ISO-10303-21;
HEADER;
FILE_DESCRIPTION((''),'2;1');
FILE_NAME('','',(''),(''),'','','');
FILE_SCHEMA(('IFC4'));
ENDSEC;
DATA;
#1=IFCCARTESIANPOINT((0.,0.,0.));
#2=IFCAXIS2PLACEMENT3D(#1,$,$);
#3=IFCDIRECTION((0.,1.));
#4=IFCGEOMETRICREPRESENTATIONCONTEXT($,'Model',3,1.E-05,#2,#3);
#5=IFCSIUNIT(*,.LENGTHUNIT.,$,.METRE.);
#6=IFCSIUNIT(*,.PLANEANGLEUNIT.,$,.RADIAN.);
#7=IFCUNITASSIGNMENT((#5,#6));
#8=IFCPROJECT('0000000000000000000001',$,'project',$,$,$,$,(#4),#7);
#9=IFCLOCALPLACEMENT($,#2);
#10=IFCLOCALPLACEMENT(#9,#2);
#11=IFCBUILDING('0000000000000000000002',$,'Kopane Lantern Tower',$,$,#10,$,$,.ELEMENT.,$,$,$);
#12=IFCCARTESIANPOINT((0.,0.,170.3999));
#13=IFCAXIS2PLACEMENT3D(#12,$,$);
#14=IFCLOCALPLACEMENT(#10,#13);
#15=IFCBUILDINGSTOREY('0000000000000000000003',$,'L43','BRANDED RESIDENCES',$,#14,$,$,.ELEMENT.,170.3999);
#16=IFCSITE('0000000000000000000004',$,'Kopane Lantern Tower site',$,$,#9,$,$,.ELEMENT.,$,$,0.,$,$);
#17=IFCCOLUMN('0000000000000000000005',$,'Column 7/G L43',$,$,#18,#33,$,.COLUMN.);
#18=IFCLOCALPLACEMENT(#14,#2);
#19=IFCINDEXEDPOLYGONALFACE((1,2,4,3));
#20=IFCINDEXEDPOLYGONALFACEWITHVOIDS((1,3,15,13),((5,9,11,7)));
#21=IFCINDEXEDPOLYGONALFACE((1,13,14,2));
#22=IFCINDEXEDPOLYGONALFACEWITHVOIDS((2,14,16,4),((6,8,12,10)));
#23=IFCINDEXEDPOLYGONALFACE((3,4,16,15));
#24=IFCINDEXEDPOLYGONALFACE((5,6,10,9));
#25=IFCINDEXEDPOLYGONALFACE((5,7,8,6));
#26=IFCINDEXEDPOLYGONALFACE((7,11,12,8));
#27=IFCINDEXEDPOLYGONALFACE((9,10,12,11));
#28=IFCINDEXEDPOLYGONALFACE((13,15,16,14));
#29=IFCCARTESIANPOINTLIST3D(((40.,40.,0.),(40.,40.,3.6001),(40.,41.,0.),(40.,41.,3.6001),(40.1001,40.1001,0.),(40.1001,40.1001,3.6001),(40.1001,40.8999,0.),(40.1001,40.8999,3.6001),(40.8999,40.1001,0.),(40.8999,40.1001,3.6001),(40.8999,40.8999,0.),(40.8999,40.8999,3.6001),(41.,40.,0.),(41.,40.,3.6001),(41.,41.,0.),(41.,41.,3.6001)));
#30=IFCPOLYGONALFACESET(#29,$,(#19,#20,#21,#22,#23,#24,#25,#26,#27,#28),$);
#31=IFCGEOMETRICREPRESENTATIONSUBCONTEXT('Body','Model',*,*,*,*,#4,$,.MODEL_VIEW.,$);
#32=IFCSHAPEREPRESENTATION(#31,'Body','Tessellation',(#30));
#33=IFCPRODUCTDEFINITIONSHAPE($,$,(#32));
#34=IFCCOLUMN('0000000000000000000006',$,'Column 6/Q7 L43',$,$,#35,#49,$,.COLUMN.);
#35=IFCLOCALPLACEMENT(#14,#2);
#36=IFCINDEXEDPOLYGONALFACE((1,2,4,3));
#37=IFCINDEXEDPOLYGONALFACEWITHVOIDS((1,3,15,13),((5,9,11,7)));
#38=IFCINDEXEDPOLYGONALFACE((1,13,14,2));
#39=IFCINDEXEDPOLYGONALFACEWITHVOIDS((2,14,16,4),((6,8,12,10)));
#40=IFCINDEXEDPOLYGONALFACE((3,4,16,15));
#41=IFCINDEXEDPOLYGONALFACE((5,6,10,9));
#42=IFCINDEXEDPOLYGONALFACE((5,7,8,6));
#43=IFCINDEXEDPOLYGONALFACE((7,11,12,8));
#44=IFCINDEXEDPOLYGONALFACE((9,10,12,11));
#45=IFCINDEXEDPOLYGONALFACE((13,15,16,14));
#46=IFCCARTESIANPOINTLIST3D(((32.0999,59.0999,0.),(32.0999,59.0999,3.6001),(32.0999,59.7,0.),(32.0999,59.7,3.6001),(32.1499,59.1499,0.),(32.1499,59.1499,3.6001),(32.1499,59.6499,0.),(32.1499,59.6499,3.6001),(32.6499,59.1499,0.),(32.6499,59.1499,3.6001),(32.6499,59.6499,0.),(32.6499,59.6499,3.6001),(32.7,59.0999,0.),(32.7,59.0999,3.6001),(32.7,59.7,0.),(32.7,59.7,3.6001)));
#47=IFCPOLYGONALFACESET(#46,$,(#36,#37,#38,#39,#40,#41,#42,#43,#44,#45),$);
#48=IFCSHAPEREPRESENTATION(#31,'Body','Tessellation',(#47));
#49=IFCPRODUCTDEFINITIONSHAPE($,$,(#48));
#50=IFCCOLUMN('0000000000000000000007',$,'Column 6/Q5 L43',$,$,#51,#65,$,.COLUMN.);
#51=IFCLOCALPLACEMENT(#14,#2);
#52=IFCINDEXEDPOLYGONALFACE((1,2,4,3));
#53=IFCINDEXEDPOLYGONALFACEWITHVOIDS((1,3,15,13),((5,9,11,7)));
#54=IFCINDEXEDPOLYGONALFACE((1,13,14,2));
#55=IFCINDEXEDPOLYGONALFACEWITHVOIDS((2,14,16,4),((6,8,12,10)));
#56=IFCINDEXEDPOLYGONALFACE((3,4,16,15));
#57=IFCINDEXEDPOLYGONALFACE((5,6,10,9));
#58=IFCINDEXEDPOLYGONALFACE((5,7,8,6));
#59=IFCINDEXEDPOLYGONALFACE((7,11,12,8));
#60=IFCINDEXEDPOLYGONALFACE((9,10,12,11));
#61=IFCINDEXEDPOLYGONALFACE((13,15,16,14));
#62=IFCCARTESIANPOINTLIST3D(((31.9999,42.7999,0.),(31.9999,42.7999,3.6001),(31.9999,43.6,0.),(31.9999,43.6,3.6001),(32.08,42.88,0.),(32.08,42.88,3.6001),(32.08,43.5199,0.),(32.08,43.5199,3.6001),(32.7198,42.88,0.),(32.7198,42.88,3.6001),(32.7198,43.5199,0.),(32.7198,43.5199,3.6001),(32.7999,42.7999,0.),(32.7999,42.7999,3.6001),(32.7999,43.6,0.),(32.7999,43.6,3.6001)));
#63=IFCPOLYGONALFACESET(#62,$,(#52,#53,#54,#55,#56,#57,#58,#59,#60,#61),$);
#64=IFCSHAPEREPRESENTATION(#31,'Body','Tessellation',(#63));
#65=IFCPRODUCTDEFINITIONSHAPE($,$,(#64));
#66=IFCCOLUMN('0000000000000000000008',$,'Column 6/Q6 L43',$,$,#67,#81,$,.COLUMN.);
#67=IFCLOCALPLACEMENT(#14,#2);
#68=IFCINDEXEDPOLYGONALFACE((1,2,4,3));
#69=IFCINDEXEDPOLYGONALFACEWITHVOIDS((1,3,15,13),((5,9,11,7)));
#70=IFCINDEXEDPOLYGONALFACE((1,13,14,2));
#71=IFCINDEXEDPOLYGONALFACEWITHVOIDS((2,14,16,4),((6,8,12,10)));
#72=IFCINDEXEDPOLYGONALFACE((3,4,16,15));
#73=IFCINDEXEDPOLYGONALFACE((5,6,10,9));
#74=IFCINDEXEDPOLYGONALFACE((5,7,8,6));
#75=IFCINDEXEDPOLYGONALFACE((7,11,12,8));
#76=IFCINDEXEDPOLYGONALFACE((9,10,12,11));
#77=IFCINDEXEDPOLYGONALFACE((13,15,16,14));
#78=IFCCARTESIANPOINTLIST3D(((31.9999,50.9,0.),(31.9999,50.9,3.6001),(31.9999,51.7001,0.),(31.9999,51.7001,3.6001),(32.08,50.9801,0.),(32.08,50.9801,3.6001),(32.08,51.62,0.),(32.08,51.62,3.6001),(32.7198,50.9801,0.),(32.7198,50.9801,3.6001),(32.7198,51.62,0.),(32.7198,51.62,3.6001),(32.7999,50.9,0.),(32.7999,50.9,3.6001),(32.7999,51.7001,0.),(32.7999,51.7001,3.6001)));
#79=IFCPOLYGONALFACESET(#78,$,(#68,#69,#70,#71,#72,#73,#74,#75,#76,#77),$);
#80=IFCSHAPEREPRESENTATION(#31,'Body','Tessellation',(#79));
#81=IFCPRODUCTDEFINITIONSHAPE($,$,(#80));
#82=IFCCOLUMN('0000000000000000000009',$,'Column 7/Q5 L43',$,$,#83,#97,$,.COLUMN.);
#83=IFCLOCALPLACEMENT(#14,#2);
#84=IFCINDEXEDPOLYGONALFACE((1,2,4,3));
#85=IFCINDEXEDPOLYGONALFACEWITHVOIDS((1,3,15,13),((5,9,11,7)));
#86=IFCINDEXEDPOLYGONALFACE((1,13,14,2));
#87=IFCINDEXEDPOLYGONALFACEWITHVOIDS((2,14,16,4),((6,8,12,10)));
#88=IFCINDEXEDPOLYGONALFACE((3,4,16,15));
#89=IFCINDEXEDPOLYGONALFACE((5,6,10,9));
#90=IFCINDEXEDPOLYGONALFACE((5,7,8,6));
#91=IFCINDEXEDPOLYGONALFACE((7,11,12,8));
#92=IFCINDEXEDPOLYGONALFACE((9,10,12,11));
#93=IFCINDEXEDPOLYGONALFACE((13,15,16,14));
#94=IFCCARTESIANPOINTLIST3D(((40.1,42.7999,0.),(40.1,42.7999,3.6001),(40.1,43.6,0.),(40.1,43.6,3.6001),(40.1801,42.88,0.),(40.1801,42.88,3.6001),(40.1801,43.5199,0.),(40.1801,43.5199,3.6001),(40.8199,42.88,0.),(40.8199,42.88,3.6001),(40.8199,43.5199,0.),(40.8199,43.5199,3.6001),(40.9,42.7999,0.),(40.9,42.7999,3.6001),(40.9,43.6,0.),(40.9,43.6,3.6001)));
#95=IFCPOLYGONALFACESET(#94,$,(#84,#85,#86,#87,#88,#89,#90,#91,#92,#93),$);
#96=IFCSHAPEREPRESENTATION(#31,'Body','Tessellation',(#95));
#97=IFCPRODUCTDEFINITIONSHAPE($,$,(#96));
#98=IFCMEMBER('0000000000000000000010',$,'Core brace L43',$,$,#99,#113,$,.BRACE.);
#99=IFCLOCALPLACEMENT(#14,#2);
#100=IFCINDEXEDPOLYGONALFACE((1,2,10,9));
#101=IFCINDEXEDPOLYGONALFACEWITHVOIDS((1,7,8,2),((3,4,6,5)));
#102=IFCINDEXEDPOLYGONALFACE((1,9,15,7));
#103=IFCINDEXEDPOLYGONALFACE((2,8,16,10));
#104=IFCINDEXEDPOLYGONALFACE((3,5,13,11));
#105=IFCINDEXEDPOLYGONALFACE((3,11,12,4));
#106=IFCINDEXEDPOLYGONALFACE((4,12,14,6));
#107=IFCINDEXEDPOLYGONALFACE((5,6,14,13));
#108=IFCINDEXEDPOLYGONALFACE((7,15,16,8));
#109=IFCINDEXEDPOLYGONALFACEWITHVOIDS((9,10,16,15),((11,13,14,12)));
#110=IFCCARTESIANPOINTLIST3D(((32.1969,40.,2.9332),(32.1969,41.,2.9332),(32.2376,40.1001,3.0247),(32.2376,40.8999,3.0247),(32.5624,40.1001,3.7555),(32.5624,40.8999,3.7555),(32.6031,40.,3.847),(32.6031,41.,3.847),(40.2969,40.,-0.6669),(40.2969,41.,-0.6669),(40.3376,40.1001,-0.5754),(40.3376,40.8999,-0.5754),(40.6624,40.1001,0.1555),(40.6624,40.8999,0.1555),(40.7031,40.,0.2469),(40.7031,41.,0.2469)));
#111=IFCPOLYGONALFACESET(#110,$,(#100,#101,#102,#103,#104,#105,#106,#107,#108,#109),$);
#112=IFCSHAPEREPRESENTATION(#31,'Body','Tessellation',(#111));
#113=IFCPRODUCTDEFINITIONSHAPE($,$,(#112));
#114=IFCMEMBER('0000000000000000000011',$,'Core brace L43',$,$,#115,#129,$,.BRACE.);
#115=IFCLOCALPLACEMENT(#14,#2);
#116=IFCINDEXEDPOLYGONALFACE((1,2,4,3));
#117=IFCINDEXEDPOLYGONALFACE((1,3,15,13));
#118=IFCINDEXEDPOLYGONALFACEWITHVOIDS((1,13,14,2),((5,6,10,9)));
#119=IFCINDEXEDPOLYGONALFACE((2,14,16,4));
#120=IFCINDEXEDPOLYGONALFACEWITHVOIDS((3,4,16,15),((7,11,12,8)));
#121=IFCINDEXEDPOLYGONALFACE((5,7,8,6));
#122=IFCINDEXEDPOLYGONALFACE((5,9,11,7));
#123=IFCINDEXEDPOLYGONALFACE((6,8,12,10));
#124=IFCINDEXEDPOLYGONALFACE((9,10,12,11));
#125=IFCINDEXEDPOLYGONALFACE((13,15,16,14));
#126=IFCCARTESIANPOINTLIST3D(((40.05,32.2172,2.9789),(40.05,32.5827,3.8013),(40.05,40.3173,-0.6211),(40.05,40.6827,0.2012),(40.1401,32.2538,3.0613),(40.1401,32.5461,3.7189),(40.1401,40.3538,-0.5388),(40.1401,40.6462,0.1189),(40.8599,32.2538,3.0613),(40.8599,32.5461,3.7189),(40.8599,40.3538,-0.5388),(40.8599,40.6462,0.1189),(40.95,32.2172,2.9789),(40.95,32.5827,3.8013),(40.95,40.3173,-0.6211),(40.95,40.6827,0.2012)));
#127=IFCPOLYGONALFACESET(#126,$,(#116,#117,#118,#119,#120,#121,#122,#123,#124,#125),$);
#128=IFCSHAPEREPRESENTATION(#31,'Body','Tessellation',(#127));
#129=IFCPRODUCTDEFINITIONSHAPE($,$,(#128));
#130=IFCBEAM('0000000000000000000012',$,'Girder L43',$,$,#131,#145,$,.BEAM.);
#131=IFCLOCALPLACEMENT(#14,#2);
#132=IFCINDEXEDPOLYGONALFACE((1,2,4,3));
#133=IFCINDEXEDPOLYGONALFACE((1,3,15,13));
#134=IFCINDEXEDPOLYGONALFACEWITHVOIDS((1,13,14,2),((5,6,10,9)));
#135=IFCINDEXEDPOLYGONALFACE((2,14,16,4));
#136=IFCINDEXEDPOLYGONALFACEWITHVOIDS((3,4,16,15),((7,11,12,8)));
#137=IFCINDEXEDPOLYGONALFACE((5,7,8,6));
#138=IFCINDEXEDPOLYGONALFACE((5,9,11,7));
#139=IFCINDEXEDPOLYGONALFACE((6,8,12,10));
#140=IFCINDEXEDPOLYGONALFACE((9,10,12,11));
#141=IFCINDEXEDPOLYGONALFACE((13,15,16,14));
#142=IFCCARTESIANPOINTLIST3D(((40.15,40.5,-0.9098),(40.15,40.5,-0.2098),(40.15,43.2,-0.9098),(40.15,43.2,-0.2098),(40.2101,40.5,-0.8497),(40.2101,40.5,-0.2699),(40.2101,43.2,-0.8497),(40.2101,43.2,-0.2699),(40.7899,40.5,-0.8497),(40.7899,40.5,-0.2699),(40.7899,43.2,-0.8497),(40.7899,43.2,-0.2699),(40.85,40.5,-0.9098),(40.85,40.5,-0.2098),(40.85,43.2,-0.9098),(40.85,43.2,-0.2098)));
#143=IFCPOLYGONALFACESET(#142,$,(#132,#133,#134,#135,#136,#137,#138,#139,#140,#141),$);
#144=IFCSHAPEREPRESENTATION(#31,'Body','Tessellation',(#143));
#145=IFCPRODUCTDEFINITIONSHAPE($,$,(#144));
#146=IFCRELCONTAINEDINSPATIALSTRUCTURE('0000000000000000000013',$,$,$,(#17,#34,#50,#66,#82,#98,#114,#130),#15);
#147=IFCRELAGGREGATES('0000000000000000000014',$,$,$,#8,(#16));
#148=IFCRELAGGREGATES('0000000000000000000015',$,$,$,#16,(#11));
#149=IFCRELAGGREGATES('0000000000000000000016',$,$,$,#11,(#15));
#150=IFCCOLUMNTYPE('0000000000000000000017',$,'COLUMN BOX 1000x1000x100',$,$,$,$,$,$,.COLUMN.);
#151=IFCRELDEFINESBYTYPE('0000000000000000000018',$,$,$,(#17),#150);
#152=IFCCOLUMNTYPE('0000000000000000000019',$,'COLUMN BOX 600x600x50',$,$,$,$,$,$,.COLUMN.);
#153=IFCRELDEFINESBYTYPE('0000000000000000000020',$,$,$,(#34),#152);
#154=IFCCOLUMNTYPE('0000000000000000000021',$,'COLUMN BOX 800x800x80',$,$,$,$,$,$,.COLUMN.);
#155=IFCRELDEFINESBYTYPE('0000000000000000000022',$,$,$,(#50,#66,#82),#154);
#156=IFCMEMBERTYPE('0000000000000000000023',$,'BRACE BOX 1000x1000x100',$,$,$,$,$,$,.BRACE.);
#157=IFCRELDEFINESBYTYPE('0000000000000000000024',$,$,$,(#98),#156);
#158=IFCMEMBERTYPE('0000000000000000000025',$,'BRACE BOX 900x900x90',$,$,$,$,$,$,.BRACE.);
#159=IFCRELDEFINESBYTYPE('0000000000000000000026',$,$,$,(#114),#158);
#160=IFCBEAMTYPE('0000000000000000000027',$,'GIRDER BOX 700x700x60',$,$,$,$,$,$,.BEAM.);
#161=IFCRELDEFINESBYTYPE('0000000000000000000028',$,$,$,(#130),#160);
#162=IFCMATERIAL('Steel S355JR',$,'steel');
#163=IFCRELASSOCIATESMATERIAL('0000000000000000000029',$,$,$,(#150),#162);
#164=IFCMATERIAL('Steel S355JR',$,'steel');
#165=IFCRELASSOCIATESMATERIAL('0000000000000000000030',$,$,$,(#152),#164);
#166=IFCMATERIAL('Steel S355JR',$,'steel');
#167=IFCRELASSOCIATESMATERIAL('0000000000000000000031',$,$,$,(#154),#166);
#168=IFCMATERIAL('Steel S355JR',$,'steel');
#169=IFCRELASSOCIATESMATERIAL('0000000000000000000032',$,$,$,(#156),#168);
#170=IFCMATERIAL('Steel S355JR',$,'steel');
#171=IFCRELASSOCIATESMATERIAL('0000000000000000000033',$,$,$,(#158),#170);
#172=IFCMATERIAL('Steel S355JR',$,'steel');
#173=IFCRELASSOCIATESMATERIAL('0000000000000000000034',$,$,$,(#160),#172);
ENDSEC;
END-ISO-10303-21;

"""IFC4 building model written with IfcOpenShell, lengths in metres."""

from ifc_helpers import new_model, si_unit, direction, frame, origin, origin_2d, place, context, subcontext, project, spatial, hollow_rectangle, extrude, material, material_profile, profile_set, type_object, element, save


model = new_model("IFC4")

# Units and contexts
model_context = context("Model", 3, precision=1e-05, world=origin(), true_north=direction((0.0, 1.0)))
body_context = subcontext(model_context, "Body", "Model", "MODEL_VIEW")
ifc_project = project(units=[si_unit("LENGTHUNIT", "METRE"), si_unit("PLANEANGLEUNIT", "RADIAN")], contexts=[model_context])

# Site, building, storey
site_placement = place(None, origin())
site = spatial("IfcSite", under=ifc_project, at=site_placement, Name="Kopane Lantern Tower site", CompositionType="ELEMENT", RefElevation=0.0)
building_placement = place(site_placement, origin())
building = spatial("IfcBuilding", under=site, at=building_placement, Name="Kopane Lantern Tower", CompositionType="ELEMENT")
storey_placement = place(building_placement, frame((0.0, 0.0, 170.3999)))
storey = spatial("IfcBuildingStorey", under=building, at=storey_placement, Name="L43", Description="BRANDED RESIDENCES", CompositionType="ELEMENT", Elevation=170.3999)

# Columns
ifc_material_1 = material(Name="Steel S355JR", Category="steel")
ifc_material_profile_1 = material_profile(ifc_material_1, hollow_rectangle(XDim=1.0, YDim=1.0, WallThickness=0.1001, at=origin_2d()), Name="BOX 1000x1000x100")
ifc_profile_set_1 = profile_set([ifc_material_profile_1], Name="Steel S355JR")
column_type_1 = type_object("IfcColumnType", Name="COLUMN BOX 1000x1000x100", PredefinedType="COLUMN", material=ifc_profile_set_1)
column_1_placement = place(storey_placement, frame((40.5, 40.5, 0.0), z_axis=(0.0, 0.0, 1.0), x_axis=(1.0, 0.0, 0.0)))
element("IfcColumn", 1, at=column_1_placement, inside=storey, type_object=column_type_1, Name="Column 7/G L43", PredefinedType="COLUMN", context=body_context, shape_type="SweptSolid", body=[
    extrude(hollow_rectangle(XDim=1.0, YDim=1.0, WallThickness=0.1001, at=origin_2d()), origin(), (0.0, 0.0, 1.0), 3.6001),
])
ifc_material_2 = material(Name="Steel S355JR", Category="steel")
ifc_material_profile_2 = material_profile(ifc_material_2, hollow_rectangle(XDim=0.6001, YDim=0.6001, WallThickness=0.05, at=origin_2d()), Name="BOX 600x600x50")
ifc_profile_set_2 = profile_set([ifc_material_profile_2], Name="Steel S355JR")
column_type_2 = type_object("IfcColumnType", Name="COLUMN BOX 600x600x50", PredefinedType="COLUMN", material=ifc_profile_set_2)
column_2_placement = place(storey_placement, frame((32.3999, 59.3999, 0.0), z_axis=(0.0, 0.0, 1.0), x_axis=(1.0, 0.0, 0.0)))
element("IfcColumn", 2, at=column_2_placement, inside=storey, type_object=column_type_2, Name="Column 6/Q7 L43", PredefinedType="COLUMN", context=body_context, shape_type="SweptSolid", body=[
    extrude(hollow_rectangle(XDim=0.6001, YDim=0.6001, WallThickness=0.05, at=origin_2d()), origin(), (0.0, 0.0, 1.0), 3.6001),
])
ifc_material_3 = material(Name="Steel S355JR", Category="steel")
ifc_material_profile_3 = material_profile(ifc_material_3, hollow_rectangle(XDim=0.8, YDim=0.8, WallThickness=0.0801, at=origin_2d()), Name="BOX 800x800x80")
ifc_profile_set_3 = profile_set([ifc_material_profile_3], Name="Steel S355JR")
column_type_3 = type_object("IfcColumnType", Name="COLUMN BOX 800x800x80", PredefinedType="COLUMN", material=ifc_profile_set_3)
for number, where, z_axis, x_axis, name in (
    (3, (32.3999, 43.2, 0.0), (0.0, 0.0, 1.0), (1.0, 0.0, 0.0), "Column 6/Q5 L43"),
    (4, (32.3999, 51.3, 0.0), (0.0, 0.0, 1.0), (1.0, 0.0, 0.0), "Column 6/Q6 L43"),
    (5, (40.5, 43.2, 0.0), (0.0, 0.0, 1.0), (1.0, 0.0, 0.0), "Column 7/Q5 L43"),
):
    element("IfcColumn", number, at=place(storey_placement, frame(where, z_axis=z_axis, x_axis=x_axis)), inside=storey, type_object=column_type_3, Name=name, PredefinedType="COLUMN", context=body_context, shape_type="SweptSolid", body=[
        extrude(hollow_rectangle(XDim=0.8, YDim=0.8, WallThickness=0.0801, at=origin_2d()), origin(), (0.0, 0.0, 1.0), 3.6001),
    ])

# Members
ifc_material_4 = material(Name="Steel S355JR", Category="steel")
ifc_material_profile_4 = material_profile(ifc_material_4, hollow_rectangle(XDim=1.0, YDim=1.0, WallThickness=0.1001, at=origin_2d()), Name="BOX 1000x1000x100")
ifc_profile_set_4 = profile_set([ifc_material_profile_4], Name="Steel S355JR")
member_type_1 = type_object("IfcMemberType", Name="BRACE BOX 1000x1000x100", PredefinedType="BRACE", material=ifc_profile_set_4)
member_1_placement = place(storey_placement, frame((40.5, 40.5, -0.21), z_axis=(-0.913809, 0.0, 0.406144), x_axis=(0.0, -1.0, 0.0)))
element("IfcMember", 6, at=member_1_placement, inside=storey, type_object=member_type_1, Name="Core brace L43", PredefinedType="BRACE", context=body_context, shape_type="SweptSolid", body=[
    extrude(hollow_rectangle(XDim=1.0, YDim=1.0, WallThickness=0.1001, at=origin_2d()), origin(), (0.0, 0.0, 1.0), 8.864),
])
ifc_material_5 = material(Name="Steel S355JR", Category="steel")
ifc_material_profile_5 = material_profile(ifc_material_5, hollow_rectangle(XDim=0.8999, YDim=0.8999, WallThickness=0.0901, at=origin_2d()), Name="BOX 900x900x90")
ifc_profile_set_5 = profile_set([ifc_material_profile_5], Name="Steel S355JR")
member_type_2 = type_object("IfcMemberType", Name="BRACE BOX 900x900x90", PredefinedType="BRACE", material=ifc_profile_set_5)
member_2_placement = place(storey_placement, frame((40.5, 40.5, -0.21), z_axis=(0.0, -0.913809, 0.406144), x_axis=(1.0, 0.0, 0.0)))
element("IfcMember", 7, at=member_2_placement, inside=storey, type_object=member_type_2, Name="Core brace L43", PredefinedType="BRACE", context=body_context, shape_type="SweptSolid", body=[
    extrude(hollow_rectangle(XDim=0.8999, YDim=0.8999, WallThickness=0.0901, at=origin_2d()), origin(), (0.0, 0.0, 1.0), 8.864),
])

# Beam
ifc_material_6 = material(Name="Steel S355JR", Category="steel")
ifc_material_profile_6 = material_profile(ifc_material_6, hollow_rectangle(XDim=0.7, YDim=0.7, WallThickness=0.0601, at=origin_2d()), Name="BOX 700x700x60")
ifc_profile_set_6 = profile_set([ifc_material_profile_6], Name="Steel S355JR")
beam_type_1 = type_object("IfcBeamType", Name="GIRDER BOX 700x700x60", PredefinedType="BEAM", material=ifc_profile_set_6)
beam_1_placement = place(storey_placement, frame((40.5, 40.5, -0.5598), z_axis=(0.0, 1.0, 0.0), x_axis=(-1.0, 0.0, 0.0)))
element("IfcBeam", 8, at=beam_1_placement, inside=storey, type_object=beam_type_1, Name="Girder L43", PredefinedType="BEAM", context=body_context, shape_type="SweptSolid", body=[
    extrude(hollow_rectangle(XDim=0.7, YDim=0.7, WallThickness=0.0601, at=origin_2d()), origin(), (0.0, 0.0, 1.0), 2.7),
])

save(model, "model.ifc")
